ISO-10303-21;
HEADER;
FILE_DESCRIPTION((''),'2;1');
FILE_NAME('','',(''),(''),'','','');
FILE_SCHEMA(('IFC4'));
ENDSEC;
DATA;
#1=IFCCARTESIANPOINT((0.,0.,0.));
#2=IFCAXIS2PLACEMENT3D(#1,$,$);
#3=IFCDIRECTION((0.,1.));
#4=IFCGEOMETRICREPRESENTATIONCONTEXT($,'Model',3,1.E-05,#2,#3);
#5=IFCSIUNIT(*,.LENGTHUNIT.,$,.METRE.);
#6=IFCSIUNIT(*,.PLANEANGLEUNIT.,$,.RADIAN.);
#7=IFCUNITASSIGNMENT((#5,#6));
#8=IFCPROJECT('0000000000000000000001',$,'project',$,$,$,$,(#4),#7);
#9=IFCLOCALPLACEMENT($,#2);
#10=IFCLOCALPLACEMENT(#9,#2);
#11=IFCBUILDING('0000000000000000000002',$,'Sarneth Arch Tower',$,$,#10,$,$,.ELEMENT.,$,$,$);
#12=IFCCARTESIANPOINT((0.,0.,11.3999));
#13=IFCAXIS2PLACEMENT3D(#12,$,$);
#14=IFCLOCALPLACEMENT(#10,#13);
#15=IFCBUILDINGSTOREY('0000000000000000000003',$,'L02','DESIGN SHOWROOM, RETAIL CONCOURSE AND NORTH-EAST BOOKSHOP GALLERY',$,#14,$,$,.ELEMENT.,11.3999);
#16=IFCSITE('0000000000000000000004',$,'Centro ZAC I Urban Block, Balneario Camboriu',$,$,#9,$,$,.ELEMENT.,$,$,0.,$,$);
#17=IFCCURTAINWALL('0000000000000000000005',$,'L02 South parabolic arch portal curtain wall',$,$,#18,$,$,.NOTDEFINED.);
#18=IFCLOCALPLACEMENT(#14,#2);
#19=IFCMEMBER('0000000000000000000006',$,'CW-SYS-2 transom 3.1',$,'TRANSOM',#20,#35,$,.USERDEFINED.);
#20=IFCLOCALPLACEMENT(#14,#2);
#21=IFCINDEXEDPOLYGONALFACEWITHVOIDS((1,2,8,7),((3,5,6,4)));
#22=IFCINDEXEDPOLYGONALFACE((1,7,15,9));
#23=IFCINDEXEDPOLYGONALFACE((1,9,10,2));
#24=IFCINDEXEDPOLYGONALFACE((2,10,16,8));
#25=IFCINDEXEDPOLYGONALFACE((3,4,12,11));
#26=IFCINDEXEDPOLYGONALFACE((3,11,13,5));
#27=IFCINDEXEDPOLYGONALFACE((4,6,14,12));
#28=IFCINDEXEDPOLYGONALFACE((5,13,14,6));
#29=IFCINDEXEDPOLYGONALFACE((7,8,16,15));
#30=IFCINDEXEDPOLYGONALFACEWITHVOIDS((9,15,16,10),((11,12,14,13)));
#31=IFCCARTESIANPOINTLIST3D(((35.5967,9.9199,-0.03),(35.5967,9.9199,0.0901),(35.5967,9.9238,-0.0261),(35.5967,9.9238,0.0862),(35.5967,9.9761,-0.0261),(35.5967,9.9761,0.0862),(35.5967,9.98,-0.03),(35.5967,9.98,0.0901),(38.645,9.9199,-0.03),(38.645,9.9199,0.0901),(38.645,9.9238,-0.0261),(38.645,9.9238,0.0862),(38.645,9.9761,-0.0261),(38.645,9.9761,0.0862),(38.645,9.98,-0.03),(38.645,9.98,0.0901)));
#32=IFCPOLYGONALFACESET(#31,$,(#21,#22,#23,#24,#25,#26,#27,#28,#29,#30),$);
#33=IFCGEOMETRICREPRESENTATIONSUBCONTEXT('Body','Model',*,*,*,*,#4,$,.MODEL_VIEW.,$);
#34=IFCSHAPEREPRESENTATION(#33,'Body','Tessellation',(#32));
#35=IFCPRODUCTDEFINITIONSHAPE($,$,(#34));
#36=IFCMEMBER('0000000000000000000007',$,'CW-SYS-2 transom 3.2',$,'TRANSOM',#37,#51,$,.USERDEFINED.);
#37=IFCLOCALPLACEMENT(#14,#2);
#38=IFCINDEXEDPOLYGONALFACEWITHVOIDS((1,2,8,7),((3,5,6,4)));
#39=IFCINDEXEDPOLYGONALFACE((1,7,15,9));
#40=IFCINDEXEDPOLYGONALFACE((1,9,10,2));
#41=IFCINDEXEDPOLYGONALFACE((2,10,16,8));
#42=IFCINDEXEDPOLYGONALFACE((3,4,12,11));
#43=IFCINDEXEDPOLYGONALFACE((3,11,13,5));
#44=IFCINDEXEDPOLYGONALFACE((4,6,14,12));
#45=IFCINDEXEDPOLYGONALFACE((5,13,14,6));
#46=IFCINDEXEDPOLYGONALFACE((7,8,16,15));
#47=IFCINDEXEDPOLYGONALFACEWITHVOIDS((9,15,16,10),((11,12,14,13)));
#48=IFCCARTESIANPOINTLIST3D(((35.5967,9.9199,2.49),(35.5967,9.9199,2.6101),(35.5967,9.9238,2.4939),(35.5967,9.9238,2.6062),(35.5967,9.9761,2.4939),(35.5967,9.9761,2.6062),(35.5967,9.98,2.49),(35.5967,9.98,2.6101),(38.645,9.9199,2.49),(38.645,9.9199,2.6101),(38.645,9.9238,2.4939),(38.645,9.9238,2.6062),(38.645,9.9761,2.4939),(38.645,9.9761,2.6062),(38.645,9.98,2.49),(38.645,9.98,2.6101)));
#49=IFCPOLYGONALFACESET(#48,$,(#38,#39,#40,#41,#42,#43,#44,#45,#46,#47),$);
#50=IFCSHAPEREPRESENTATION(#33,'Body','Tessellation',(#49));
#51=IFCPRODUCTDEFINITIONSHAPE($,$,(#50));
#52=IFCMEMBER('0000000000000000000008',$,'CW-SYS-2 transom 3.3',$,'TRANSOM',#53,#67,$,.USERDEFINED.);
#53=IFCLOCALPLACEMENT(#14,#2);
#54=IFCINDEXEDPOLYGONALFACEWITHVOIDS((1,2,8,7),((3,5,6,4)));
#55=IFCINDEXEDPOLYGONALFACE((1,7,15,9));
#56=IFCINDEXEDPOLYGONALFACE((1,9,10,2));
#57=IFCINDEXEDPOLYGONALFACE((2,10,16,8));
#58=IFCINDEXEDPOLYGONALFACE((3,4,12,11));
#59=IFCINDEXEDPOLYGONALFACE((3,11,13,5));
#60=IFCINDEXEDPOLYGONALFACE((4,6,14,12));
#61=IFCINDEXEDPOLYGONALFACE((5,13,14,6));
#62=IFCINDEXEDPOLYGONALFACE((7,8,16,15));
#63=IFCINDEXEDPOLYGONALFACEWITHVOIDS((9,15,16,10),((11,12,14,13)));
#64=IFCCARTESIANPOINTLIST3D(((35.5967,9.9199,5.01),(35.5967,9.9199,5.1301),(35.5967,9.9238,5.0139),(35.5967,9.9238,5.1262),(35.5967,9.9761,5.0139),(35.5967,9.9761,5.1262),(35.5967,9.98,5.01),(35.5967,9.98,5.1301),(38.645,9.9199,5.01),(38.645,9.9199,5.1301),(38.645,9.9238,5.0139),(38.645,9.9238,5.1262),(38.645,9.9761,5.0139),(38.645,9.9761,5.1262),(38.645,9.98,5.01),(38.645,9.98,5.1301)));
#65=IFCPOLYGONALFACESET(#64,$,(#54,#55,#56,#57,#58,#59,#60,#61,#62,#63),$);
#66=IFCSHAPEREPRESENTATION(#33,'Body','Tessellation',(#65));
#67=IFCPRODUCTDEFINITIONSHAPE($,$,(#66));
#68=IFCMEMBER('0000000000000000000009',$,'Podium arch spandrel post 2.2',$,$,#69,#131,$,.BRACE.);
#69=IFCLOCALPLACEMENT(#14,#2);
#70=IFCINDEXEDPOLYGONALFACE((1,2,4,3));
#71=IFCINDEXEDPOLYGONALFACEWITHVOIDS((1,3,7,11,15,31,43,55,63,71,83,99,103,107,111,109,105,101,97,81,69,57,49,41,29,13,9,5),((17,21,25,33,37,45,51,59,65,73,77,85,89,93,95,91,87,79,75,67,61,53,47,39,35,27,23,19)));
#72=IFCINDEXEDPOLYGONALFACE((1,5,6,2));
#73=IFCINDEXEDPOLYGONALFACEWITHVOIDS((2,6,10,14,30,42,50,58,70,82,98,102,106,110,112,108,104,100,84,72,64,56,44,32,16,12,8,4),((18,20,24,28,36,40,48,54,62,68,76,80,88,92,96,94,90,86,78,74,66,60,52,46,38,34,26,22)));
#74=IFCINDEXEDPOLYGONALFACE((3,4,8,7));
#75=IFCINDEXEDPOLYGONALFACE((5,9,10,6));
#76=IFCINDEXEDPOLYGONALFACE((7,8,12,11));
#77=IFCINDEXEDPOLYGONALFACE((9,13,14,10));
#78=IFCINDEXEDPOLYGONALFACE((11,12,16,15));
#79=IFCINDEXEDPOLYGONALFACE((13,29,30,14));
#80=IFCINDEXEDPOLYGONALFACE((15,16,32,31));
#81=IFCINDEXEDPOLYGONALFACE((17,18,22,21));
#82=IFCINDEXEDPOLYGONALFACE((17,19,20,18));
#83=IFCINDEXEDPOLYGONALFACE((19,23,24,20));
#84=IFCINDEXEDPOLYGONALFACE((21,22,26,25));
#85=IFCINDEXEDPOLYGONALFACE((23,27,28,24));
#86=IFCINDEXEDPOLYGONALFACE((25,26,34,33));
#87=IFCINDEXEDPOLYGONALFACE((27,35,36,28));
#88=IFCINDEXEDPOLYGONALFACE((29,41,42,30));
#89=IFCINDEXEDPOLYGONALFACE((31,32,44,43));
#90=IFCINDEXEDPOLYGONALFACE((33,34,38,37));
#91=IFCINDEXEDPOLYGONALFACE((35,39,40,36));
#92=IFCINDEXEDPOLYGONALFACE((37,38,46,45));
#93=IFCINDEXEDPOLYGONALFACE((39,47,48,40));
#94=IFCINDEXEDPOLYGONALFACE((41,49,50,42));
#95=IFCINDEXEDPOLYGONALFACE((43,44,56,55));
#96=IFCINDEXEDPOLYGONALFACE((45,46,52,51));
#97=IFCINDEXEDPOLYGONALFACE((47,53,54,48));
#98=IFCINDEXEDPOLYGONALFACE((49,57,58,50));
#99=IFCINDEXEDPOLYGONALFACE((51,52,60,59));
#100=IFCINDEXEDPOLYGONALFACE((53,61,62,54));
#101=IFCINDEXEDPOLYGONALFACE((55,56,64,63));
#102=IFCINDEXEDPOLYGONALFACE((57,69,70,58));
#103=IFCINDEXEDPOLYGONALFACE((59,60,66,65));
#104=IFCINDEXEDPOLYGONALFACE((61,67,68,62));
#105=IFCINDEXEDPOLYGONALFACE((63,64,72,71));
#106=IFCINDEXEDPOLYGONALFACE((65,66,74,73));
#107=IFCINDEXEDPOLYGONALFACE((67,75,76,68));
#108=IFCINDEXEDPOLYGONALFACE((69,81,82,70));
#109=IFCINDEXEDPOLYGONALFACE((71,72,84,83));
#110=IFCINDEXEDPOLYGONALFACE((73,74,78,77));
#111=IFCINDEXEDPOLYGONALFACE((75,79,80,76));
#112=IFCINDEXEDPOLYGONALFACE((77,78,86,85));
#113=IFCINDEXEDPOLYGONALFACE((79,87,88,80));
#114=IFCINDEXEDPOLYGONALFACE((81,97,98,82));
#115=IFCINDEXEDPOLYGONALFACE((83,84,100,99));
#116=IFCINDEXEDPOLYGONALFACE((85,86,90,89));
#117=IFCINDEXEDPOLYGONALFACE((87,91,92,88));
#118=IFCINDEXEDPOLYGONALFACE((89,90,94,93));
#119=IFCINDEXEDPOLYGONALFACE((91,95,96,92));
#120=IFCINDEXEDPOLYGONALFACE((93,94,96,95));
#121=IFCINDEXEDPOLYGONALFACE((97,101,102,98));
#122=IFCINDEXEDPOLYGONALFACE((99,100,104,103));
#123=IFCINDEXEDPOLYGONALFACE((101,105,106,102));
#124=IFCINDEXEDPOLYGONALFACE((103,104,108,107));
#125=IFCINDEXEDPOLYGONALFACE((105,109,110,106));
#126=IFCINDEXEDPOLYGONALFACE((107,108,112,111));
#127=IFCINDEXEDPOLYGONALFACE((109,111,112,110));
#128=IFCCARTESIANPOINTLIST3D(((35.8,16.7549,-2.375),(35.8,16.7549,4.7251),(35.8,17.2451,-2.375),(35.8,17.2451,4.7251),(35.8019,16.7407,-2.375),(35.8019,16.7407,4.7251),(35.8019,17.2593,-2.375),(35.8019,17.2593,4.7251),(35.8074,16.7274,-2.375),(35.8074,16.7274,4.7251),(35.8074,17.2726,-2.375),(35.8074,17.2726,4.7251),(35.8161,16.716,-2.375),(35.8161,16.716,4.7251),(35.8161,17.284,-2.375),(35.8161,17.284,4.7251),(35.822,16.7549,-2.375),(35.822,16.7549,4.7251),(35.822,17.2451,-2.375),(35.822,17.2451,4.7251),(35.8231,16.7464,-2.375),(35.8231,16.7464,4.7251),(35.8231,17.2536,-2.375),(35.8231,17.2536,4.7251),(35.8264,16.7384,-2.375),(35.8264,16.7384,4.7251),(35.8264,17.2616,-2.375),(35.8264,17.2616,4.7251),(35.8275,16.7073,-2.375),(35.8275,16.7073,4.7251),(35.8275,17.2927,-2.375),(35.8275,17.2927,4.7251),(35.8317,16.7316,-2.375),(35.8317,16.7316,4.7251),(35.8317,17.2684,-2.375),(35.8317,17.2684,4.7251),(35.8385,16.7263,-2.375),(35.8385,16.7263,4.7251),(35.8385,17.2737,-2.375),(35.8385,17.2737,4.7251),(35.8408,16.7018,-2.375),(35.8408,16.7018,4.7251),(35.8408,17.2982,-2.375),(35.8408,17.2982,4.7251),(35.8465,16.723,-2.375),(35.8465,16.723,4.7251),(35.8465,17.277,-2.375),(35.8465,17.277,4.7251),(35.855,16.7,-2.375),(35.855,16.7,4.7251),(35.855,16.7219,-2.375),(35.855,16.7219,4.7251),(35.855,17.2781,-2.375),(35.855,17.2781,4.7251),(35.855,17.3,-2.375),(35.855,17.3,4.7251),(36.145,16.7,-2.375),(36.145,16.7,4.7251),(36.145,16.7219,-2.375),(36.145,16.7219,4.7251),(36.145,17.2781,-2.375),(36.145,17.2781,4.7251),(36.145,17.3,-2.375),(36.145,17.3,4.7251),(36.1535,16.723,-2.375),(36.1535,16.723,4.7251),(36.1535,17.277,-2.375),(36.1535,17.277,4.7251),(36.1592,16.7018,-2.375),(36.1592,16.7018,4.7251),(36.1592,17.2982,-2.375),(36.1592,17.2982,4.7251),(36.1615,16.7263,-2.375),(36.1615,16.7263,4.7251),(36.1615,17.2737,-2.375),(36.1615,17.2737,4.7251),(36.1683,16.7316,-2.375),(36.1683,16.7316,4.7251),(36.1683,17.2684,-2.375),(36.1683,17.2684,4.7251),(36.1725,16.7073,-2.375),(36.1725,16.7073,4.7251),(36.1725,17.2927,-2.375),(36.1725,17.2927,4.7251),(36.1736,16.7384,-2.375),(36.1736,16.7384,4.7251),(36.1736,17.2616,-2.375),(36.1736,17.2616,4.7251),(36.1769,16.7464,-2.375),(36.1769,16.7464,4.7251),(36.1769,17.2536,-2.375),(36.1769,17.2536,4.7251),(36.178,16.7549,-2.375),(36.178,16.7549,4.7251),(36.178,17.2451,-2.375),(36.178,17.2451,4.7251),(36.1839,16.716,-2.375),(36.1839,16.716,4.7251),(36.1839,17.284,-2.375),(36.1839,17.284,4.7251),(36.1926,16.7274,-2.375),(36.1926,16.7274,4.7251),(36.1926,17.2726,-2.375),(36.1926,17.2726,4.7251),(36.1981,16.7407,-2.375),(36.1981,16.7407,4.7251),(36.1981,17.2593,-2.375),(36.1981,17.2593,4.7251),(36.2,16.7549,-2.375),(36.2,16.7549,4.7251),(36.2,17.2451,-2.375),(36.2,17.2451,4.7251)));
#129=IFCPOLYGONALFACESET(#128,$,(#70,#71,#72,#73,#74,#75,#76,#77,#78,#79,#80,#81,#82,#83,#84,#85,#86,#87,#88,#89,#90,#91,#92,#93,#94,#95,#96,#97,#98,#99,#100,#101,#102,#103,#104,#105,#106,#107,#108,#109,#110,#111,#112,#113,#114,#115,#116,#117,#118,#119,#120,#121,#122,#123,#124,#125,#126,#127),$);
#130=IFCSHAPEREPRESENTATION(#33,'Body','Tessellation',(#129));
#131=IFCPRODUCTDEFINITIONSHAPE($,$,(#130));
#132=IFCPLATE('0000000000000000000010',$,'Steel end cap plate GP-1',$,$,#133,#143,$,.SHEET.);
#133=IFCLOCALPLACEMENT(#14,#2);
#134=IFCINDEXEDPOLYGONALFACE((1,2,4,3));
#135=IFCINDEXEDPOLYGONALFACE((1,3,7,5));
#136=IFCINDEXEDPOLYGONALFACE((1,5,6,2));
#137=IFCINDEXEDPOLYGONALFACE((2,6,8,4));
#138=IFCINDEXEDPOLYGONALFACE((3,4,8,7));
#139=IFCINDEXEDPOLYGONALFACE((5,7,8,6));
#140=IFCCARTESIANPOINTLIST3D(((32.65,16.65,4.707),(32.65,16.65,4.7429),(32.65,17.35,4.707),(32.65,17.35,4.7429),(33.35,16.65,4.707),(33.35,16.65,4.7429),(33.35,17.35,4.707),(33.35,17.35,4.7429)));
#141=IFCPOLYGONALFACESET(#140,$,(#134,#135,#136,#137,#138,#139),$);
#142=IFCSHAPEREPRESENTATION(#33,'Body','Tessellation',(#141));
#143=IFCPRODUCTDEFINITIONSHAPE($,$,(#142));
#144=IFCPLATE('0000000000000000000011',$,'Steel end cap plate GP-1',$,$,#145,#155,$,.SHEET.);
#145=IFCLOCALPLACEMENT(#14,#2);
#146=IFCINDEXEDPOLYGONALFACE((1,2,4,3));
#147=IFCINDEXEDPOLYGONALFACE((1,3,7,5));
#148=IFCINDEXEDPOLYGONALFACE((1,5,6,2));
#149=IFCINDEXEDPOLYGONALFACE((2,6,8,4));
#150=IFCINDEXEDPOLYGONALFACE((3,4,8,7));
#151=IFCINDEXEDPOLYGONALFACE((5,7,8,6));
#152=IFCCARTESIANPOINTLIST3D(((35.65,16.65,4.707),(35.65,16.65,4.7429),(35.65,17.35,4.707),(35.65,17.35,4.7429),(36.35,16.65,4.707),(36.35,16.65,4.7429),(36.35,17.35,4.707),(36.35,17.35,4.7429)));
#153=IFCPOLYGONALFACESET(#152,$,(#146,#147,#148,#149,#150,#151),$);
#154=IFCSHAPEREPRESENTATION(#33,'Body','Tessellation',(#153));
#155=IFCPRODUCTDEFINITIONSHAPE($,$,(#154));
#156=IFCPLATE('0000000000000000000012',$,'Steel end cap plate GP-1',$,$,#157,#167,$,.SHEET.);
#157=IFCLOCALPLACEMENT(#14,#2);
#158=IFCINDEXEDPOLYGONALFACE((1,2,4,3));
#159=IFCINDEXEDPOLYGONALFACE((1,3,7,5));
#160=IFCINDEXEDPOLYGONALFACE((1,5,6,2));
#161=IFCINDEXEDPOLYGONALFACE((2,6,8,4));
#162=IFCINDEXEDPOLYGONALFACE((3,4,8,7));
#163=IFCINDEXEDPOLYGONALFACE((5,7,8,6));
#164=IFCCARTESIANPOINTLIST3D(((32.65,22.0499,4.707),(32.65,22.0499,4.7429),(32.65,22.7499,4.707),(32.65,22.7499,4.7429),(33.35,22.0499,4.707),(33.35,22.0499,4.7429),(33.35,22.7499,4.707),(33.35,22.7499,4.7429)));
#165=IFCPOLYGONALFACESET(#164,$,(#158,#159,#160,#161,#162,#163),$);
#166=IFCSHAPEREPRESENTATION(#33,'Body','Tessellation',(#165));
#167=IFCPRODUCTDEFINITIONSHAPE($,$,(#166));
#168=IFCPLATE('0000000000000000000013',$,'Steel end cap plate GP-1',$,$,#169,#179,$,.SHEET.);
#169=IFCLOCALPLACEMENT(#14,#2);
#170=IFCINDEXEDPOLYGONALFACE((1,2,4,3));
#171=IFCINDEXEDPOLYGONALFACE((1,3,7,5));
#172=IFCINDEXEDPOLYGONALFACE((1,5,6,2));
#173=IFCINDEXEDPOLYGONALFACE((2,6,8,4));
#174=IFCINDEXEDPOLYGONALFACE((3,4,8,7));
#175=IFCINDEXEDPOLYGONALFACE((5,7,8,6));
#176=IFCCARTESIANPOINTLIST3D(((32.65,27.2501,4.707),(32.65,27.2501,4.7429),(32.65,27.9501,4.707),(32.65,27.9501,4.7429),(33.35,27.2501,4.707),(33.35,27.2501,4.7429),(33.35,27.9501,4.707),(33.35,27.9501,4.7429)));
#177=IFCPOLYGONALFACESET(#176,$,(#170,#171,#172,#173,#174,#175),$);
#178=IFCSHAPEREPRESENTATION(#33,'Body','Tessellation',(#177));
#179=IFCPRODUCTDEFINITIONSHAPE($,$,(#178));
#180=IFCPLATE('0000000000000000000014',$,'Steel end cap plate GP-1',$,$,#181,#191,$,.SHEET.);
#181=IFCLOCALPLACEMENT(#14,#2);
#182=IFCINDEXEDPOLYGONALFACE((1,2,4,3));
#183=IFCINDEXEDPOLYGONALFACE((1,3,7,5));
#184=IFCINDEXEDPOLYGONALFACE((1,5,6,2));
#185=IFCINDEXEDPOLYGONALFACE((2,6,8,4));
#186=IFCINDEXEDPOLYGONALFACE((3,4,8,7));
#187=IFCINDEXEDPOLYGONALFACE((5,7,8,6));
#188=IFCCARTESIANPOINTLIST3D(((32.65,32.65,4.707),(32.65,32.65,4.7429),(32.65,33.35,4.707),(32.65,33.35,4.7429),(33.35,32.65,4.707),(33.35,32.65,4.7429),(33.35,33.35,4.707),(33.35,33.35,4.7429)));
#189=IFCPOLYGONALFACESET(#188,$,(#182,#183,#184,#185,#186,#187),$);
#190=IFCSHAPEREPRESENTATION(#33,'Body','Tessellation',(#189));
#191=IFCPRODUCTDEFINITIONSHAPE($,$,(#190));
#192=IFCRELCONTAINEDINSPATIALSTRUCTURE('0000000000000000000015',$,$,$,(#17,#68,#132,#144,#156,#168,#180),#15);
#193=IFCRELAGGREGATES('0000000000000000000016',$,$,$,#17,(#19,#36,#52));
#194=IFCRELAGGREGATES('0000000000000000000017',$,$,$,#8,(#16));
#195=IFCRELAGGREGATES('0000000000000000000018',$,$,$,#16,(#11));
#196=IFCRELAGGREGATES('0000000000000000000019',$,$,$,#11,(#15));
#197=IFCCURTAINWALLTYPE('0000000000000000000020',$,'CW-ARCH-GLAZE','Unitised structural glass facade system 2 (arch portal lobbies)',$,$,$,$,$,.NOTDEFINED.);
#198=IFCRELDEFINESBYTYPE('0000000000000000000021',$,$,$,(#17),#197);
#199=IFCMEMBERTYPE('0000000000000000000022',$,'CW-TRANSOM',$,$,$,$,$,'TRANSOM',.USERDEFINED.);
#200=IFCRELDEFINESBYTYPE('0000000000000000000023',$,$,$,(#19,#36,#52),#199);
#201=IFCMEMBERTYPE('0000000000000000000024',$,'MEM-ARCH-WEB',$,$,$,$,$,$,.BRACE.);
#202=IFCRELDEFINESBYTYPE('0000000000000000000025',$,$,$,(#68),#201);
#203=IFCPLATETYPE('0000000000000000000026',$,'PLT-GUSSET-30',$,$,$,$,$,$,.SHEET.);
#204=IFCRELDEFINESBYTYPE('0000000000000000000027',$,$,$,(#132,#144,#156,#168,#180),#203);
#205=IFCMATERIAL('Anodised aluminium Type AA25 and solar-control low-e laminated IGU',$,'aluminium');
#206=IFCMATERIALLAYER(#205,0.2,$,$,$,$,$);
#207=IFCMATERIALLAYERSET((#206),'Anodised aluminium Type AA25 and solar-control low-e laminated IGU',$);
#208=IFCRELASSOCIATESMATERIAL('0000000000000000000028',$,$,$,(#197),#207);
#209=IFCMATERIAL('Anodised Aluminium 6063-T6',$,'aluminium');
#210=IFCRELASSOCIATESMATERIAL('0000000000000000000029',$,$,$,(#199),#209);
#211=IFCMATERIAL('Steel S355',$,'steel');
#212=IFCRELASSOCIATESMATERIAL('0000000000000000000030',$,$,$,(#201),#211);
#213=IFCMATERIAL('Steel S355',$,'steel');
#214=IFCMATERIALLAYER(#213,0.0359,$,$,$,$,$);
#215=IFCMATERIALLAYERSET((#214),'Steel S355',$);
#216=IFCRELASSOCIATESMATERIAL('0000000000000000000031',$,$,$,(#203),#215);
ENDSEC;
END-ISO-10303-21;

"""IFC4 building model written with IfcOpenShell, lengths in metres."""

from ifc_helpers import new_model, si_unit, direction, frame, origin, origin_2d, place, context, subcontext, project, spatial, rectangle, hollow_rectangle, extrude, material, layer, layer_set, material_profile, profile_set, type_object, element, aggregate, save


model = new_model("IFC4")

# Units and contexts
model_context = context("Model", 3, precision=1e-05, world=origin(), true_north=direction((0.0, 1.0)))
body_context = subcontext(model_context, "Body", "Model", "MODEL_VIEW")
ifc_project = project(units=[si_unit("LENGTHUNIT", "METRE"), si_unit("PLANEANGLEUNIT", "RADIAN")], contexts=[model_context])

# Site, building, storey
site_placement = place(None, origin())
site = spatial("IfcSite", under=ifc_project, at=site_placement, Name="Centro ZAC I Urban Block, Balneario Camboriu", CompositionType="ELEMENT", RefElevation=0.0)
building_placement = place(site_placement, origin())
building = spatial("IfcBuilding", under=site, at=building_placement, Name="Sarneth Arch Tower", CompositionType="ELEMENT")
storey_placement = place(building_placement, frame((0.0, 0.0, 11.3999)))
storey = spatial("IfcBuildingStorey", under=building, at=storey_placement, Name="L02", Description="DESIGN SHOWROOM, RETAIL CONCOURSE AND NORTH-EAST BOOKSHOP GALLERY", CompositionType="ELEMENT", Elevation=11.3999)

# Curtain wall, members
ifc_material_1 = material(Name="Anodised aluminium Type AA25 and solar-control low-e laminated IGU", Category="aluminium")
ifc_layer_1 = layer(ifc_material_1, 0.2)
ifc_layer_set_1 = layer_set([ifc_layer_1], Name="Anodised aluminium Type AA25 and solar-control low-e laminated IGU")
curtain_wall_type = type_object("IfcCurtainWallType", Name="CW-ARCH-GLAZE", Description="Unitised structural glass facade system 2 (arch portal lobbies)", PredefinedType="NOTDEFINED", material=ifc_layer_set_1)
curtain_wall_placement = place(storey_placement, origin())
curtain_wall = element("IfcCurtainWall", 1, at=curtain_wall_placement, inside=storey, type_object=curtain_wall_type, Name="L02 South parabolic arch portal curtain wall", PredefinedType="NOTDEFINED")
ifc_material_2 = material(Name="Anodised Aluminium 6063-T6", Category="aluminium")
ifc_material_profile_1 = material_profile(ifc_material_2, hollow_rectangle(XDim=0.0601, YDim=0.1201, WallThickness=0.0039, at=origin_2d()), Name="AL-TRAN-120x60x4")
ifc_profile_set_1 = profile_set([ifc_material_profile_1], Name="Anodised Aluminium 6063-T6")
member_type_1 = type_object("IfcMemberType", Name="CW-TRANSOM", ElementType="TRANSOM", PredefinedType="USERDEFINED", material=ifc_profile_set_1)
member_1_placement = place(storey_placement, frame((35.5967, 9.95, 0.03), z_axis=(1.0, 0.0, 0.0), x_axis=(0.0, 1.0, 0.0)))
member_1 = element("IfcMember", 2, at=member_1_placement, type_object=member_type_1, Name="CW-SYS-2 transom 3.1", ObjectType="TRANSOM", PredefinedType="USERDEFINED", context=body_context, shape_type="SweptSolid", body=[
    extrude(hollow_rectangle(XDim=0.0601, YDim=0.1201, WallThickness=0.0039, at=origin_2d()), origin(), (0.0, 0.0, 1.0), 3.0483),
])
member_2_placement = place(storey_placement, frame((35.5967, 9.95, 2.55), z_axis=(1.0, 0.0, 0.0), x_axis=(0.0, 1.0, 0.0)))
member_2 = element("IfcMember", 3, at=member_2_placement, type_object=member_type_1, Name="CW-SYS-2 transom 3.2", ObjectType="TRANSOM", PredefinedType="USERDEFINED", context=body_context, shape_type="SweptSolid", body=[
    extrude(hollow_rectangle(XDim=0.0601, YDim=0.1201, WallThickness=0.0039, at=origin_2d()), origin(), (0.0, 0.0, 1.0), 3.0483),
])
member_3_placement = place(storey_placement, frame((35.5967, 9.95, 5.0701), z_axis=(1.0, 0.0, 0.0), x_axis=(0.0, 1.0, 0.0)))
member_3 = element("IfcMember", 4, at=member_3_placement, type_object=member_type_1, Name="CW-SYS-2 transom 3.3", ObjectType="TRANSOM", PredefinedType="USERDEFINED", context=body_context, shape_type="SweptSolid", body=[
    extrude(hollow_rectangle(XDim=0.0601, YDim=0.1201, WallThickness=0.0039, at=origin_2d()), origin(), (0.0, 0.0, 1.0), 3.0483),
])
aggregate(curtain_wall, [member_1, member_2, member_3])

# Member
ifc_material_3 = material(Name="Steel S355", Category="steel")
ifc_material_profile_2 = material_profile(ifc_material_3, hollow_rectangle(XDim=0.3999, YDim=0.6001, WallThickness=0.022, InnerFilletRadius=0.033, OuterFilletRadius=0.0549, at=origin_2d()), Name="RHS600x400x22")
ifc_profile_set_2 = profile_set([ifc_material_profile_2], Name="Steel S355")
member_type_2 = type_object("IfcMemberType", Name="MEM-ARCH-WEB", PredefinedType="BRACE", material=ifc_profile_set_2)
member_4_placement = place(storey_placement, frame((36.0, 17.0, -2.375), z_axis=(0.0, 0.0, 1.0), x_axis=(1.0, 0.0, 0.0)))
element("IfcMember", 5, at=member_4_placement, inside=storey, type_object=member_type_2, Name="Podium arch spandrel post 2.2", PredefinedType="BRACE", context=body_context, shape_type="SweptSolid", body=[
    extrude(hollow_rectangle(XDim=0.3999, YDim=0.6001, WallThickness=0.022, InnerFilletRadius=0.033, OuterFilletRadius=0.0549, at=origin_2d()), origin(), (0.0, 0.0, 1.0), 7.1001),
])

# Plates
ifc_material_4 = material(Name="Steel S355", Category="steel")
ifc_layer_2 = layer(ifc_material_4, 0.0359)
ifc_layer_set_2 = layer_set([ifc_layer_2], Name="Steel S355")
plate_type = type_object("IfcPlateType", Name="PLT-GUSSET-30", PredefinedType="SHEET", material=ifc_layer_set_2)
for number, where, z_axis, x_axis, name in (
    (6, (33.0, 17.0, 4.707), (0.0, 0.0, 1.0), (1.0, 0.0, 0.0), "Steel end cap plate GP-1"),
    (7, (36.0, 17.0, 4.707), (0.0, 0.0, 1.0), (1.0, 0.0, 0.0), "Steel end cap plate GP-1"),
    (8, (33.0, 22.3999, 4.707), (0.0, 0.0, 1.0), (1.0, 0.0, 0.0), "Steel end cap plate GP-1"),
    (9, (33.0, 27.6001, 4.707), (0.0, 0.0, 1.0), (1.0, 0.0, 0.0), "Steel end cap plate GP-1"),
    (10, (33.0, 33.0, 4.707), (0.0, 0.0, 1.0), (1.0, 0.0, 0.0), "Steel end cap plate GP-1"),
):
    element("IfcPlate", number, at=place(storey_placement, frame(where, z_axis=z_axis, x_axis=x_axis)), inside=storey, type_object=plate_type, Name=name, PredefinedType="SHEET", context=body_context, shape_type="SweptSolid", body=[
        extrude(rectangle(XDim=0.7, YDim=0.7, at=origin_2d()), origin(), (0.0, 0.0, 1.0), 0.0359),
    ])

save(model, "model.ifc")
